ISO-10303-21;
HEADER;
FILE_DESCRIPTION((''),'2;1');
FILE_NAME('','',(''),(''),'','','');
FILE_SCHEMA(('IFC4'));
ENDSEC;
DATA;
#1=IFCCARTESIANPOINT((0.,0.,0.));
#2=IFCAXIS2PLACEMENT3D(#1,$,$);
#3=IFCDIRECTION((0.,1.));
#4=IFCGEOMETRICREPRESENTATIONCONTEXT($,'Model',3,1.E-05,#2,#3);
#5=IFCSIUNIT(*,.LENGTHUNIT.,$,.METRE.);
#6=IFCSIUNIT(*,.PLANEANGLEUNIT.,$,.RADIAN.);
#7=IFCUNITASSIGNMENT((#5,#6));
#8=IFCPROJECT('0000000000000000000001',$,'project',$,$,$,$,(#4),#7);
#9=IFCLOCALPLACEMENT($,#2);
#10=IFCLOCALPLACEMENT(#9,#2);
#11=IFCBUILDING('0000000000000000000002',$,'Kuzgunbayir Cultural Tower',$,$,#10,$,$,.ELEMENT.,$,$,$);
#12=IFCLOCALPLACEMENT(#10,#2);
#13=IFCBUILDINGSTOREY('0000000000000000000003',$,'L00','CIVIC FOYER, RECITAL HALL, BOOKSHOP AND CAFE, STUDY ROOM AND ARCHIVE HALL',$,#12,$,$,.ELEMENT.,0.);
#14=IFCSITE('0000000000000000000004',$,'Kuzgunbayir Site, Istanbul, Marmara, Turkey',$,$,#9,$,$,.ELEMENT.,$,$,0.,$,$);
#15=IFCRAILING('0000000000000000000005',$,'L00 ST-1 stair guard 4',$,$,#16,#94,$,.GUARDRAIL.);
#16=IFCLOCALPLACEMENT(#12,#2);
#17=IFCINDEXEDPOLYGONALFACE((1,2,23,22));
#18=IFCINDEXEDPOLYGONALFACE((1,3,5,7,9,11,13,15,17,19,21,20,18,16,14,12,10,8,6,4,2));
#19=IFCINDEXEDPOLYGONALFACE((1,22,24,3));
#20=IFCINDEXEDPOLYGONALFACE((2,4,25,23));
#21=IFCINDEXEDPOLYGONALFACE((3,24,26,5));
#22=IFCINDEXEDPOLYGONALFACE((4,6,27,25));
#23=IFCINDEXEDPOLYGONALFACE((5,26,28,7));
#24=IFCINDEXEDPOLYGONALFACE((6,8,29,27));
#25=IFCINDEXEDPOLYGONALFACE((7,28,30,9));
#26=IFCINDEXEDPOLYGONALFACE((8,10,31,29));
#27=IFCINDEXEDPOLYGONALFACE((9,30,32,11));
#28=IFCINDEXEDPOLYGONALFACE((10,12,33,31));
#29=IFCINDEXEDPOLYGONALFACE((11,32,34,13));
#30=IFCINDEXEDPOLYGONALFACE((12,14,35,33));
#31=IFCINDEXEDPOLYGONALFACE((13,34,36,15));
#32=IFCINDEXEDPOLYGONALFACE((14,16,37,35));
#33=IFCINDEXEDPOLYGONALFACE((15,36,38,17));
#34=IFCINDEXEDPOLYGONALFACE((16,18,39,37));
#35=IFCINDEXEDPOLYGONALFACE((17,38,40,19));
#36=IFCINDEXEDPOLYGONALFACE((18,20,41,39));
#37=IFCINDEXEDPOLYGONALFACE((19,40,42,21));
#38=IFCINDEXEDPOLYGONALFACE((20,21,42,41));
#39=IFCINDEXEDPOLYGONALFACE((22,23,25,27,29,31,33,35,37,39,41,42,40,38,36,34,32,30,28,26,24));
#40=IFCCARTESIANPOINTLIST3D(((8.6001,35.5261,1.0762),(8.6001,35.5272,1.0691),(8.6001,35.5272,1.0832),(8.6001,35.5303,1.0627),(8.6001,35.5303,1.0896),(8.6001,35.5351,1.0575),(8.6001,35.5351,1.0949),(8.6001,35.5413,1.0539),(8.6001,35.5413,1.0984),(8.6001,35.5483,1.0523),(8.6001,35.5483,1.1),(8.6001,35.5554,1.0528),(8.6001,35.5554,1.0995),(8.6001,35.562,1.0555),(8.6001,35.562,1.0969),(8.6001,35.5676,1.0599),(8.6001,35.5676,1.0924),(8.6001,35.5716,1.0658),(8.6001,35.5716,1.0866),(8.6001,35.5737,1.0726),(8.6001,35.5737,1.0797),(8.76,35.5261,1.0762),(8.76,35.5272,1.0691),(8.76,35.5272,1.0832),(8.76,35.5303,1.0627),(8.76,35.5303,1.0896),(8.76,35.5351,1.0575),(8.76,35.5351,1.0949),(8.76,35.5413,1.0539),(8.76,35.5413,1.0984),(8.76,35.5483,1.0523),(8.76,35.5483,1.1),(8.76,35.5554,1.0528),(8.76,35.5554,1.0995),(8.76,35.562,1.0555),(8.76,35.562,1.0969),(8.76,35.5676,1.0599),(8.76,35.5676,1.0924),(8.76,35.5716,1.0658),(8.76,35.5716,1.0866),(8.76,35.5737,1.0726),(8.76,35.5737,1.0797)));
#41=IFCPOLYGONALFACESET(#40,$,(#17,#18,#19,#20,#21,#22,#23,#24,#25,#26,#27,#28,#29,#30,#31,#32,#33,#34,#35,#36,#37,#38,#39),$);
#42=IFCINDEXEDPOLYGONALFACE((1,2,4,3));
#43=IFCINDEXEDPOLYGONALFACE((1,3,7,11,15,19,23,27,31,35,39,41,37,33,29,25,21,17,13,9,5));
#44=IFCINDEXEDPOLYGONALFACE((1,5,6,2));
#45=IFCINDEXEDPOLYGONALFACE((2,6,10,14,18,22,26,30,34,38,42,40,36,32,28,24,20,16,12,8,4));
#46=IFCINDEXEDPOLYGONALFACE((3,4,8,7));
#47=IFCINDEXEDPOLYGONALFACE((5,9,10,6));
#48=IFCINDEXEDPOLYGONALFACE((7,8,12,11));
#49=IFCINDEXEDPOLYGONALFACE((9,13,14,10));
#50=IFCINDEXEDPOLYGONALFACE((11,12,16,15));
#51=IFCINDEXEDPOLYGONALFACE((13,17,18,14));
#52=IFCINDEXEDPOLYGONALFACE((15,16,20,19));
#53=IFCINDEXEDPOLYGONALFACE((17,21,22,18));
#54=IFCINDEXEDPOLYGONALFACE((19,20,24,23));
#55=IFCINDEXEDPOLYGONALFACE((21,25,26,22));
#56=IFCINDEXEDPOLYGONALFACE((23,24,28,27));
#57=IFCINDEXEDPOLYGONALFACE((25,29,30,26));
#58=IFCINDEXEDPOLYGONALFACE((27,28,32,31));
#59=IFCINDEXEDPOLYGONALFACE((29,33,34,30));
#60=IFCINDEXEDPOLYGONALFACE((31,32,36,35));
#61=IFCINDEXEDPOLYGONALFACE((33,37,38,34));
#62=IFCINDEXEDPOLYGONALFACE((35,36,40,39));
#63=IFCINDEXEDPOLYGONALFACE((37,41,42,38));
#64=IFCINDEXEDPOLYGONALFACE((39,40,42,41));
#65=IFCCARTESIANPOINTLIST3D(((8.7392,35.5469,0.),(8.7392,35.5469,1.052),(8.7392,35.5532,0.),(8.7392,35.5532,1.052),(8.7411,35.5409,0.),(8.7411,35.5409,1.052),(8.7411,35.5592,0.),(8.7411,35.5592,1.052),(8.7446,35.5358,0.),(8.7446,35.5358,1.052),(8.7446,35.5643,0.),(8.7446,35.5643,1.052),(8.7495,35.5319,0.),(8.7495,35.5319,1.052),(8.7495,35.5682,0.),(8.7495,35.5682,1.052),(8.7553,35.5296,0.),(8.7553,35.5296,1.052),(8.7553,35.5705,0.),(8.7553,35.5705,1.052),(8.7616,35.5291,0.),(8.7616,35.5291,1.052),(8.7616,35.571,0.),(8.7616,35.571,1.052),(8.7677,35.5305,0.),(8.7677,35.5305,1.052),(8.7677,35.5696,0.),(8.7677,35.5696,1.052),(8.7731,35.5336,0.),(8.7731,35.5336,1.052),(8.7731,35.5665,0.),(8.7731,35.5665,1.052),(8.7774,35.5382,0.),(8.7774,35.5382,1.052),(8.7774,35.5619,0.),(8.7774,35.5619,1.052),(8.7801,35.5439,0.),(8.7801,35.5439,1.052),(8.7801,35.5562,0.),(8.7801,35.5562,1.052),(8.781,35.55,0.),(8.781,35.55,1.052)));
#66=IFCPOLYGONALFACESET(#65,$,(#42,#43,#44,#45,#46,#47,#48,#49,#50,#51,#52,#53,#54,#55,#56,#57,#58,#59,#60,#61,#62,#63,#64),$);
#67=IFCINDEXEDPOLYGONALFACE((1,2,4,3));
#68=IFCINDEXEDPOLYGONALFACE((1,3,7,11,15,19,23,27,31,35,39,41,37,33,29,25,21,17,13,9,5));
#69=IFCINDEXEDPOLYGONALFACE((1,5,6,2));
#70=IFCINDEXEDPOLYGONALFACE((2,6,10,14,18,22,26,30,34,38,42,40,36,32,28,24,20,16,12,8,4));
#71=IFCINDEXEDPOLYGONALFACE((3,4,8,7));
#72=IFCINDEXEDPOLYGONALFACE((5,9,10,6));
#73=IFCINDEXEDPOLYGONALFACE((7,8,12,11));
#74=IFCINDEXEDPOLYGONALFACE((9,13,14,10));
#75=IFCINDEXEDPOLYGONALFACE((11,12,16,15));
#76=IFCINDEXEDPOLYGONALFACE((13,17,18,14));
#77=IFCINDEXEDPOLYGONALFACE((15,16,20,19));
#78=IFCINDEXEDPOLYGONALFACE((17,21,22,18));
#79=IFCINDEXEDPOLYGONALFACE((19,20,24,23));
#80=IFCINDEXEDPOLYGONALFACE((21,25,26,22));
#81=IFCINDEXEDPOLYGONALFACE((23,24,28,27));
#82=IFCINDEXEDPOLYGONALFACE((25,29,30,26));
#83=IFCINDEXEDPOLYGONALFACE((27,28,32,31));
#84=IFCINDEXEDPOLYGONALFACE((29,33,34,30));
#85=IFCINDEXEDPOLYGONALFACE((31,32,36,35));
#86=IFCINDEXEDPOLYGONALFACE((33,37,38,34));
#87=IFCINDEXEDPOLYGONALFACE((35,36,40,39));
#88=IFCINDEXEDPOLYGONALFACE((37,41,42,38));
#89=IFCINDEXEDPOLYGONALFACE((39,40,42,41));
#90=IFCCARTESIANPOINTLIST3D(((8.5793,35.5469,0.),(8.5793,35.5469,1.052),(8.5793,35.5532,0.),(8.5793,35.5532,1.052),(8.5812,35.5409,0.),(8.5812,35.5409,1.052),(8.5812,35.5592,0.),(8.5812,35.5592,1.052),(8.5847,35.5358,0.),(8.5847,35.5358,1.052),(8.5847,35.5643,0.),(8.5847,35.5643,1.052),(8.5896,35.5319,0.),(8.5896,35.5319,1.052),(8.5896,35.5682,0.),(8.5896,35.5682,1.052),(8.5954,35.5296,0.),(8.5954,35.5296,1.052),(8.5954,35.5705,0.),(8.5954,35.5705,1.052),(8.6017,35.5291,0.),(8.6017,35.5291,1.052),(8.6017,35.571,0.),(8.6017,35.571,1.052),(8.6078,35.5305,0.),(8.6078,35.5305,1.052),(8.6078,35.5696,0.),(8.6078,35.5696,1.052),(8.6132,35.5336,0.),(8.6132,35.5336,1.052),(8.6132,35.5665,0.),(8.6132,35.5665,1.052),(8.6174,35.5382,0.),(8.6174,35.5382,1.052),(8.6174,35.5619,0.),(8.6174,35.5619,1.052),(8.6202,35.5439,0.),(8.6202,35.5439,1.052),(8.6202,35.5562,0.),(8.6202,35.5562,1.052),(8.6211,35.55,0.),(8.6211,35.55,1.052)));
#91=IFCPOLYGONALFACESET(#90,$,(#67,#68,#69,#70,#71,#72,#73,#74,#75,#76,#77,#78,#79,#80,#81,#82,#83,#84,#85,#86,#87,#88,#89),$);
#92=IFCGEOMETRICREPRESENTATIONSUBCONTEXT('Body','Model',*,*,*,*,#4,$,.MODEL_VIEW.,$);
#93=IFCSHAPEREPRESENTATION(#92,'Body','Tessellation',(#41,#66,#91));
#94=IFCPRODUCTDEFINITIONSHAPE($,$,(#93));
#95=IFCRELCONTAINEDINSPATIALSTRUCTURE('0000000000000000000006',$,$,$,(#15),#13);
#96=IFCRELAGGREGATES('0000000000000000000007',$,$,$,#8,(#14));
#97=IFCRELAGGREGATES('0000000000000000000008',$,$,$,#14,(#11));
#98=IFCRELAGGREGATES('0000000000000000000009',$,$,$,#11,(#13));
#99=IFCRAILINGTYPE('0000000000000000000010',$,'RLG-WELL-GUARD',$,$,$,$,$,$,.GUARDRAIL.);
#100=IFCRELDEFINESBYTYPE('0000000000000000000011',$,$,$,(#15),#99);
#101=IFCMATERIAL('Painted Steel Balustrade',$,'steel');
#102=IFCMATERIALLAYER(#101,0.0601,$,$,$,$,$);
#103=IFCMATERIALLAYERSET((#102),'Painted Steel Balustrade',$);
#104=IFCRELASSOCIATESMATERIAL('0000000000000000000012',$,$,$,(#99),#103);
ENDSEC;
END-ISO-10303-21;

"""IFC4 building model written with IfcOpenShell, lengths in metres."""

from ifc_helpers import new_model, si_unit, direction, frame, origin, origin_2d, place, context, subcontext, project, spatial, circle, extrude, material, layer, layer_set, type_object, element, save


model = new_model("IFC4")

# Units and contexts
model_context = context("Model", 3, precision=1e-05, world=origin(), true_north=direction((0.0, 1.0)))
body_context = subcontext(model_context, "Body", "Model", "MODEL_VIEW")
ifc_project = project(units=[si_unit("LENGTHUNIT", "METRE"), si_unit("PLANEANGLEUNIT", "RADIAN")], contexts=[model_context])

# Site, building, storey
site_placement = place(None, origin())
site = spatial("IfcSite", under=ifc_project, at=site_placement, Name="Kuzgunbayir Site, Istanbul, Marmara, Turkey", CompositionType="ELEMENT", RefElevation=0.0)
building_placement = place(site_placement, origin())
building = spatial("IfcBuilding", under=site, at=building_placement, Name="Kuzgunbayir Cultural Tower", CompositionType="ELEMENT")
storey_placement = place(building_placement, origin())
storey = spatial("IfcBuildingStorey", under=building, at=storey_placement, Name="L00", Description="CIVIC FOYER, RECITAL HALL, BOOKSHOP AND CAFE, STUDY ROOM AND ARCHIVE HALL", CompositionType="ELEMENT", Elevation=0.0)

# Railing
ifc_material_1 = material(Name="Painted Steel Balustrade", Category="steel")
ifc_layer_1 = layer(ifc_material_1, 0.0601)
ifc_layer_set_1 = layer_set([ifc_layer_1], Name="Painted Steel Balustrade")
railing_type_1 = type_object("IfcRailingType", Name="RLG-WELL-GUARD", PredefinedType="GUARDRAIL", material=ifc_layer_set_1)
railing_1_placement = place(storey_placement, frame((8.76, 35.55, 0.0)))
element("IfcRailing", 1, at=railing_1_placement, inside=storey, type_object=railing_type_1, Name="L00 ST-1 stair guard 4", PredefinedType="GUARDRAIL", context=body_context, shape_type="SweptSolid", body=[
    extrude(circle(Radius=0.0239, at=origin_2d()), frame((0.0, 0.0, 1.0762), z_axis=(-1.0, 0.0, 0.0), x_axis=(0.0, -1.0, 0.0)), (0.0, 0.0, 1.0), 0.1599),
    extrude(circle(Radius=0.021, at=origin_2d()), origin(), (0.0, 0.0, 1.0), 1.052),
    extrude(circle(Radius=0.021, at=origin_2d()), frame((-0.1599, 0.0, 0.0)), (0.0, 0.0, 1.0), 1.052),
])

save(model, "model.ifc")
